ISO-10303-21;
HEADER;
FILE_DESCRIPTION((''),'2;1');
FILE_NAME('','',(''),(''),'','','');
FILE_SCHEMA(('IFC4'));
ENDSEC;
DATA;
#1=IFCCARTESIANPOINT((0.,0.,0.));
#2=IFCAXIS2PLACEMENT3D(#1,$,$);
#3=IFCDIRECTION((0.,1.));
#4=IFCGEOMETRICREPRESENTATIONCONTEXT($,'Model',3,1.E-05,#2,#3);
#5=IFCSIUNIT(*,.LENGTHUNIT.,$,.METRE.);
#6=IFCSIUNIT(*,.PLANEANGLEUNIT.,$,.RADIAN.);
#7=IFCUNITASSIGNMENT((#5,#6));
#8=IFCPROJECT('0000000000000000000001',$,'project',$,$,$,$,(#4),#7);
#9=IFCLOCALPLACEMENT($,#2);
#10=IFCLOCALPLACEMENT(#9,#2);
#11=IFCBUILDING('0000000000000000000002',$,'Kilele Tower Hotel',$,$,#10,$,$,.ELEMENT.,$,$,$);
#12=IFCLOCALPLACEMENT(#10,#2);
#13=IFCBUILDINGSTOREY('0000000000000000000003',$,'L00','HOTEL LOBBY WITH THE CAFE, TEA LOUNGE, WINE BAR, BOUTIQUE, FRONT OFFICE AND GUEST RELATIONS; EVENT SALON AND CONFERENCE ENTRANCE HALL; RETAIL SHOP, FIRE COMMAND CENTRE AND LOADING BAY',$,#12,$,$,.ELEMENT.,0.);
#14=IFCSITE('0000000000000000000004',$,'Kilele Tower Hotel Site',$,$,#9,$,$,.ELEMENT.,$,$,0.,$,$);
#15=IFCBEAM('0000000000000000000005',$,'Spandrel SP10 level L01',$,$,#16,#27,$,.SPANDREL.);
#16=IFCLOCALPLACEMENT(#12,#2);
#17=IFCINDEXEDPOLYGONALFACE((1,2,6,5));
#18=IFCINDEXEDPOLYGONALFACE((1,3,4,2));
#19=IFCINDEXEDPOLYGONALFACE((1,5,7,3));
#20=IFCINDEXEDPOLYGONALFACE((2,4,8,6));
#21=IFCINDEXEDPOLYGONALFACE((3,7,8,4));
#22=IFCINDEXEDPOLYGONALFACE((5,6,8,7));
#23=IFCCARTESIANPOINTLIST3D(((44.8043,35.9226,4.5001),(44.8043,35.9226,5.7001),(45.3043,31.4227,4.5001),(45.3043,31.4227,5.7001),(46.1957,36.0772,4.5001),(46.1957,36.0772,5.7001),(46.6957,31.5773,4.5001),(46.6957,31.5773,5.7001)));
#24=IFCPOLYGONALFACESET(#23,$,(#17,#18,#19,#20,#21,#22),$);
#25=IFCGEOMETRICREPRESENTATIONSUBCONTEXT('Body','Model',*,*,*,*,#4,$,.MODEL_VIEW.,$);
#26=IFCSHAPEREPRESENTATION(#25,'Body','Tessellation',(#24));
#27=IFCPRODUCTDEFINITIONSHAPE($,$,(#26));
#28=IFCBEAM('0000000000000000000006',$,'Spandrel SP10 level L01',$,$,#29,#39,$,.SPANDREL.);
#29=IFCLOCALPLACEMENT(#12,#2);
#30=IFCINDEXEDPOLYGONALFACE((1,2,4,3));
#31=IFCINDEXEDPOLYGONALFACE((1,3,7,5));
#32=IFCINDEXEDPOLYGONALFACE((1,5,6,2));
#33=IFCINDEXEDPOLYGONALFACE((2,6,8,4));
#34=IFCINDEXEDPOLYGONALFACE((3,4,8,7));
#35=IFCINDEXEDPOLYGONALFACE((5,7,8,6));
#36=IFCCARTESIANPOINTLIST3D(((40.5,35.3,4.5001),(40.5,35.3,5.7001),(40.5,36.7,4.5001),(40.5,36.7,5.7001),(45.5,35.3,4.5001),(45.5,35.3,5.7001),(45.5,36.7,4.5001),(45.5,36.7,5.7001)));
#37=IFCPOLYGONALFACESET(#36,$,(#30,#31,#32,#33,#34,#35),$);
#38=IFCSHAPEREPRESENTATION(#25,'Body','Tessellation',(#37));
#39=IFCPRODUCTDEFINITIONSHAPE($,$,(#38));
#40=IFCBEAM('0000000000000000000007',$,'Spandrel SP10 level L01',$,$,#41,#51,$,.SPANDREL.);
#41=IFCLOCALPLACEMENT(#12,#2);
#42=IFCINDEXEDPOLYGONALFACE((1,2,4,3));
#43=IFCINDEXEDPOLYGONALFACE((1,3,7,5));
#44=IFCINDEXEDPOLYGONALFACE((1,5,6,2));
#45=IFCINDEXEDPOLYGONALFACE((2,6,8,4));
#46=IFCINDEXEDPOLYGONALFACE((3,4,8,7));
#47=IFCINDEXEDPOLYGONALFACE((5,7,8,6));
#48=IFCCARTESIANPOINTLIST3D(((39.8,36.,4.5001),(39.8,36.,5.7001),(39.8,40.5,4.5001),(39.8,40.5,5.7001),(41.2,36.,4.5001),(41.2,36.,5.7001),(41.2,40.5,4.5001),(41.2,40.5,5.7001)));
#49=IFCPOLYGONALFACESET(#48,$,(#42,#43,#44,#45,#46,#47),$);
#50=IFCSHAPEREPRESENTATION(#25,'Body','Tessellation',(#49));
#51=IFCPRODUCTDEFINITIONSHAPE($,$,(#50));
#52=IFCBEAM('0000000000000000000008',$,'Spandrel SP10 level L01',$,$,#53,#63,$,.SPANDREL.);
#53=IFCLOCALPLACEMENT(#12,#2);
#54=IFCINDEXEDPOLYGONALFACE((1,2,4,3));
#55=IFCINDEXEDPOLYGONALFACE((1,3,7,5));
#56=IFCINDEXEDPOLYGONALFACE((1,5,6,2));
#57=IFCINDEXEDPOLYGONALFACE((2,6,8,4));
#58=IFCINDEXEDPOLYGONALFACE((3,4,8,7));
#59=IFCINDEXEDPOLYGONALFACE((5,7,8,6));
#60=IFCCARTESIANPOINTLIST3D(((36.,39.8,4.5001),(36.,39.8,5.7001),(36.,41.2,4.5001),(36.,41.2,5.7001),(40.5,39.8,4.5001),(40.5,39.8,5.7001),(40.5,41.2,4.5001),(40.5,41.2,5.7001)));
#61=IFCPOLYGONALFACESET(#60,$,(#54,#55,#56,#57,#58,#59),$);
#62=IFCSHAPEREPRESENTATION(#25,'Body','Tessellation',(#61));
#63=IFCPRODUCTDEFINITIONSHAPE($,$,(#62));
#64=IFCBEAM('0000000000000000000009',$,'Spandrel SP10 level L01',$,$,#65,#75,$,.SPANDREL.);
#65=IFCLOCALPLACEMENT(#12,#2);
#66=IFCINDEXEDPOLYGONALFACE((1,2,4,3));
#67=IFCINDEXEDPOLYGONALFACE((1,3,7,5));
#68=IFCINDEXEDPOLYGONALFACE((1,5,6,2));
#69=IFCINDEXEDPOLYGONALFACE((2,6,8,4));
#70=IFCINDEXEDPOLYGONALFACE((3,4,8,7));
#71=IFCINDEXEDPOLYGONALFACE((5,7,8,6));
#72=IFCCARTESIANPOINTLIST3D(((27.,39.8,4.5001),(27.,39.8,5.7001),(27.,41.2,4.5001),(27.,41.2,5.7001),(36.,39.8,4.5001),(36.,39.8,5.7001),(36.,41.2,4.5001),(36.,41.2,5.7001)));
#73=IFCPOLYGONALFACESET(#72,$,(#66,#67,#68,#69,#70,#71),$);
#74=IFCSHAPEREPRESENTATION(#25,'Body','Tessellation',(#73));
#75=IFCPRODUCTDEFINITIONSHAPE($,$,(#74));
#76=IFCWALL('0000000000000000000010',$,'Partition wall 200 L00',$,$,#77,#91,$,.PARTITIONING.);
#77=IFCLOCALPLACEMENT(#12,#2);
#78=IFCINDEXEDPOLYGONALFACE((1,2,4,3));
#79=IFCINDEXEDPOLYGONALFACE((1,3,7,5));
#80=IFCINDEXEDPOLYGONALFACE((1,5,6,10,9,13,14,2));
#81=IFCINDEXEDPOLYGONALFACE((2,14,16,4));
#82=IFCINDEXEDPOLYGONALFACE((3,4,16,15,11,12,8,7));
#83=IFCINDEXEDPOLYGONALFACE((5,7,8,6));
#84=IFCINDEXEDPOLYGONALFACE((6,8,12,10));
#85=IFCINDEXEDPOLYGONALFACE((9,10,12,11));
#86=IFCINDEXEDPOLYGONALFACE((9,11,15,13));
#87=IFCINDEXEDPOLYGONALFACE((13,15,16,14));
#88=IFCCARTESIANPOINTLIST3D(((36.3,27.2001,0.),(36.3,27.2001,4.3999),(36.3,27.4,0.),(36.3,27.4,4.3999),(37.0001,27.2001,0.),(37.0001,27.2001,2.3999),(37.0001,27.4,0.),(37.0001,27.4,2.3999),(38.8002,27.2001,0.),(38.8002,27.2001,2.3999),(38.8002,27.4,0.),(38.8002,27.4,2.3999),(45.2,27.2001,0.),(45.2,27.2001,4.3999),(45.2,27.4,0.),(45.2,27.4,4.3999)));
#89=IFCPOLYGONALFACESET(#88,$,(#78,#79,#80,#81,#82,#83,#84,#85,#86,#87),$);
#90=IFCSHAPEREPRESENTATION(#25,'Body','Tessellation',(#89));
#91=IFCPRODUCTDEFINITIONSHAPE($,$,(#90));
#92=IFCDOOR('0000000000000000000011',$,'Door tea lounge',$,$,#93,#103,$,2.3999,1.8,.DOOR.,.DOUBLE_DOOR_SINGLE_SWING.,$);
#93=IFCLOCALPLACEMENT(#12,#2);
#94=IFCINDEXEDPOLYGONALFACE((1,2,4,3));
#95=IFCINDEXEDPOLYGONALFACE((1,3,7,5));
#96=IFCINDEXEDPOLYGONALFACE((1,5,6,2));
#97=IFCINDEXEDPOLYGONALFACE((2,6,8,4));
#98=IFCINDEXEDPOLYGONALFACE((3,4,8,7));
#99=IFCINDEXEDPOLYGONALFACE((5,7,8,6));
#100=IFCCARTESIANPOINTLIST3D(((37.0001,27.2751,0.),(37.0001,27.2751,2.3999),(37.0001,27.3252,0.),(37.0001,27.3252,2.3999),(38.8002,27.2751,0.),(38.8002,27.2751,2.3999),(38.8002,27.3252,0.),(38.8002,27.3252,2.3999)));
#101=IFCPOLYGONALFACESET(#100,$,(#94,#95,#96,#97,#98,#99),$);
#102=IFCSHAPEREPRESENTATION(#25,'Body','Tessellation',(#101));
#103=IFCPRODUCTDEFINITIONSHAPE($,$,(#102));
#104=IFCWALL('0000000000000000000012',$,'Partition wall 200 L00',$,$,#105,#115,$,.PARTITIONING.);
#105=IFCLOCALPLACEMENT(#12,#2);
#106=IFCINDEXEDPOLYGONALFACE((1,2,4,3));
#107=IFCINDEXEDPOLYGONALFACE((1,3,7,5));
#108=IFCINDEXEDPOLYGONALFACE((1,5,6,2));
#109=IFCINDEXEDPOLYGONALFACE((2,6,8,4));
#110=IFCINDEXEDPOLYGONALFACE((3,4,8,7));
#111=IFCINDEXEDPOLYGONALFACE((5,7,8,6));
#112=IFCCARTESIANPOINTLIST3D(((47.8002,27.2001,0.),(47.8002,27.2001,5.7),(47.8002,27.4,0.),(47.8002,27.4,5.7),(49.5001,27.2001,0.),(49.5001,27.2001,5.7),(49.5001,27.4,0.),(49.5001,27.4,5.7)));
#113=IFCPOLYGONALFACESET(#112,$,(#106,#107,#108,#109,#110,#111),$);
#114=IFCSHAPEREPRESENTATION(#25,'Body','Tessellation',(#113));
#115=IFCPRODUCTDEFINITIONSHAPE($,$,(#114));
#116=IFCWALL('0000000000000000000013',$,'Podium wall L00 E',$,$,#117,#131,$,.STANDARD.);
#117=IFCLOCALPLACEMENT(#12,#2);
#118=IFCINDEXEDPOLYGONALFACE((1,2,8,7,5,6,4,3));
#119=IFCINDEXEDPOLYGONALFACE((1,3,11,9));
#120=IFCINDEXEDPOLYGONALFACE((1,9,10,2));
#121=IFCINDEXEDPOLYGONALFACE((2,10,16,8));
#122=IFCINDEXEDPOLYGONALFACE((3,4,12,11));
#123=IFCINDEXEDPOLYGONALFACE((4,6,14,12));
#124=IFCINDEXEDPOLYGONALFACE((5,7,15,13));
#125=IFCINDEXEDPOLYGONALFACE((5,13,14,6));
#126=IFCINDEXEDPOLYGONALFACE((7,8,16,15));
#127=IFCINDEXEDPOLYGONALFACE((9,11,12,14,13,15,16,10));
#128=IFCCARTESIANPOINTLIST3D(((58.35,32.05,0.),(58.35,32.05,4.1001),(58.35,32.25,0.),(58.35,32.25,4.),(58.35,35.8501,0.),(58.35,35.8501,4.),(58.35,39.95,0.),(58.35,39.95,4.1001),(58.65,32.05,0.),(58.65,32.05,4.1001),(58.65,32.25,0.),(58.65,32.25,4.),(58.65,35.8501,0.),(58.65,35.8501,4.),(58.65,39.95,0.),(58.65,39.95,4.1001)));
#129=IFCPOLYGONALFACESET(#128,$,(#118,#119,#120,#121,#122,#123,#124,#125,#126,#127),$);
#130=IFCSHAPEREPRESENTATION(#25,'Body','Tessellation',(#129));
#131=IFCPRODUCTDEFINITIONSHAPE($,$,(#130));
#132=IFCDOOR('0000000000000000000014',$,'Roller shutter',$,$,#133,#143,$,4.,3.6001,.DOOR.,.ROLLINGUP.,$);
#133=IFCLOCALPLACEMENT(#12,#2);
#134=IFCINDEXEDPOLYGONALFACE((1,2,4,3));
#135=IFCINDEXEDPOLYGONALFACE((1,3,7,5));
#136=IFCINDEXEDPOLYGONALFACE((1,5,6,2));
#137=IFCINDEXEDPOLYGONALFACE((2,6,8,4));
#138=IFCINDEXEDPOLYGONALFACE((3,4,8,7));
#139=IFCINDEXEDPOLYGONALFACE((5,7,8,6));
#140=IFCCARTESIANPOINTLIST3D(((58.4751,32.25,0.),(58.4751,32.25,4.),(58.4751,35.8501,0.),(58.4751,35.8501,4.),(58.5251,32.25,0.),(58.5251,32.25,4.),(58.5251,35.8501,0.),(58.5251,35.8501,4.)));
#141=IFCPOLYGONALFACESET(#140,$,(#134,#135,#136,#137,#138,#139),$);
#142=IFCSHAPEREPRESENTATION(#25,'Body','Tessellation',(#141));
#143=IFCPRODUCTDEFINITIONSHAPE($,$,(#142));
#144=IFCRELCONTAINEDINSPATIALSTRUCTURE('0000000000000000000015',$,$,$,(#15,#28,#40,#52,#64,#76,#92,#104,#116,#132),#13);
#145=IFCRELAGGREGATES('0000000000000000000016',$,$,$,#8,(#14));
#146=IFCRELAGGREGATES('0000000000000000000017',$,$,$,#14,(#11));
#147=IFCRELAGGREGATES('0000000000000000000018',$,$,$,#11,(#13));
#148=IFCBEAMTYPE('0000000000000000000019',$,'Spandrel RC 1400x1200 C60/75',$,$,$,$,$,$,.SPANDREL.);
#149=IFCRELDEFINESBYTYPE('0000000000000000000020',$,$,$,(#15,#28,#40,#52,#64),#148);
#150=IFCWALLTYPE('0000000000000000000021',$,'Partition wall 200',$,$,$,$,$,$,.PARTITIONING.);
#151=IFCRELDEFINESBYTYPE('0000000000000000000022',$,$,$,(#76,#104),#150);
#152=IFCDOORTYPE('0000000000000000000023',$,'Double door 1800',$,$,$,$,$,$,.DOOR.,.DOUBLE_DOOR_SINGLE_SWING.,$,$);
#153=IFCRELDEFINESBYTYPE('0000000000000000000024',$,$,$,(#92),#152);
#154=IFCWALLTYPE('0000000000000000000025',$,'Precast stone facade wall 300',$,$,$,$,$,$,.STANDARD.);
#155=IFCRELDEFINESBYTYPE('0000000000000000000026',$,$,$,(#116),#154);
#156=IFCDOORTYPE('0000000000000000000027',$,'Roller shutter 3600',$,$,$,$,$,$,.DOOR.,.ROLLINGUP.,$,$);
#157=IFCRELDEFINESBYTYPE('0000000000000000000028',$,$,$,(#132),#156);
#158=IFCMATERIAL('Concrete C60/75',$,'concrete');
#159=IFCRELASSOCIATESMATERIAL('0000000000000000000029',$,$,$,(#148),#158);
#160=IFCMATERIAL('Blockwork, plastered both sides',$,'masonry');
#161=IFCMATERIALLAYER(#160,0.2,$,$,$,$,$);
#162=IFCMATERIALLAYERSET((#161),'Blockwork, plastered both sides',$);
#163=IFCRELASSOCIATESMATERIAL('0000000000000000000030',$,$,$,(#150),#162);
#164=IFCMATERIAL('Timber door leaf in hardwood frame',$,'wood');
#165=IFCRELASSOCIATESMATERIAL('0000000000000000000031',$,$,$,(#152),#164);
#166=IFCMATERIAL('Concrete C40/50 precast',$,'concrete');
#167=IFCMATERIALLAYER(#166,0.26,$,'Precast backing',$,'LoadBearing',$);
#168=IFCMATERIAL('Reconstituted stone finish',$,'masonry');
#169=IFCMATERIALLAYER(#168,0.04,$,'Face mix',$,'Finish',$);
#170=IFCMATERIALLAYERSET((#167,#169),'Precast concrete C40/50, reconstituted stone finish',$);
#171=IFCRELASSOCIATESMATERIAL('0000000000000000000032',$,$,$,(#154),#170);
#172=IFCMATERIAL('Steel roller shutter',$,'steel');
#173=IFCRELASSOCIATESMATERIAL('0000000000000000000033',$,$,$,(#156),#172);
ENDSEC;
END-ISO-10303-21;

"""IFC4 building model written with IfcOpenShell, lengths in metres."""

from ifc_helpers import new_model, si_unit, direction, frame, frame_2d, origin, origin_2d, place, context, subcontext, project, spatial, rectangle, extrude, material, layer, layer_set, material_profile, profile_set, type_object, element, fill, save


model = new_model("IFC4")

# Units and contexts
model_context = context("Model", 3, precision=1e-05, world=origin(), true_north=direction((0.0, 1.0)))
body_context = subcontext(model_context, "Body", "Model", "MODEL_VIEW")
ifc_project = project(units=[si_unit("LENGTHUNIT", "METRE"), si_unit("PLANEANGLEUNIT", "RADIAN")], contexts=[model_context])

# Site, building, storey
site_placement = place(None, origin())
site = spatial("IfcSite", under=ifc_project, at=site_placement, Name="Kilele Tower Hotel Site", CompositionType="ELEMENT", RefElevation=0.0)
building_placement = place(site_placement, origin())
building = spatial("IfcBuilding", under=site, at=building_placement, Name="Kilele Tower Hotel", CompositionType="ELEMENT")
storey_placement = place(building_placement, origin())
storey = spatial("IfcBuildingStorey", under=building, at=storey_placement, Name="L00", Description="HOTEL LOBBY WITH THE CAFE, TEA LOUNGE, WINE BAR, BOUTIQUE, FRONT OFFICE AND GUEST RELATIONS; EVENT SALON AND CONFERENCE ENTRANCE HALL; RETAIL SHOP, FIRE COMMAND CENTRE AND LOADING BAY", CompositionType="ELEMENT", Elevation=0.0)

# Beams
ifc_material_1 = material(Name="Concrete C60/75", Category="concrete")
ifc_material_profile_1 = material_profile(ifc_material_1, rectangle(XDim=1.3999, YDim=1.2, at=origin_2d()))
ifc_profile_set_1 = profile_set([ifc_material_profile_1], Name="Concrete C60/75")
beam_type_1 = type_object("IfcBeamType", Name="Spandrel RC 1400x1200 C60/75", PredefinedType="SPANDREL", material=ifc_profile_set_1)
beam_1_placement = place(storey_placement, frame((46.0, 31.5, 5.1001), z_axis=(-0.110432, 0.993884, 0.0), x_axis=(-0.993884, -0.110432, 0.0)))
element("IfcBeam", 1, at=beam_1_placement, inside=storey, type_object=beam_type_1, Name="Spandrel SP10 level L01", PredefinedType="SPANDREL", context=body_context, shape_type="SweptSolid", body=[
    extrude(rectangle(XDim=1.3999, YDim=1.2, at=origin_2d()), origin(), (0.0, 0.0, 1.0), 4.5276),
])
beam_2_placement = place(storey_placement, frame((45.5, 36.0, 5.1001), z_axis=(-1.0, 0.0, 0.0), x_axis=(0.0, -1.0, 0.0)))
element("IfcBeam", 2, at=beam_2_placement, inside=storey, type_object=beam_type_1, Name="Spandrel SP10 level L01", PredefinedType="SPANDREL", context=body_context, shape_type="SweptSolid", body=[
    extrude(rectangle(XDim=1.3999, YDim=1.2, at=origin_2d()), origin(), (0.0, 0.0, 1.0), 5.0),
])
for number, where, z_axis, x_axis, name in (
    (3, (40.5, 36.0, 5.1001), (0.0, 1.0, 0.0), (-1.0, 0.0, 0.0), "Spandrel SP10 level L01"),
    (4, (40.5, 40.5, 5.1001), (-1.0, 0.0, 0.0), (0.0, -1.0, 0.0), "Spandrel SP10 level L01"),
):
    element("IfcBeam", number, at=place(storey_placement, frame(where, z_axis=z_axis, x_axis=x_axis)), inside=storey, type_object=beam_type_1, Name=name, PredefinedType="SPANDREL", context=body_context, shape_type="SweptSolid", body=[
        extrude(rectangle(XDim=1.3999, YDim=1.2, at=origin_2d()), origin(), (0.0, 0.0, 1.0), 4.5),
    ])
beam_3_placement = place(storey_placement, frame((36.0, 40.5, 5.1001), z_axis=(-1.0, 0.0, 0.0), x_axis=(0.0, -1.0, 0.0)))
element("IfcBeam", 5, at=beam_3_placement, inside=storey, type_object=beam_type_1, Name="Spandrel SP10 level L01", PredefinedType="SPANDREL", context=body_context, shape_type="SweptSolid", body=[
    extrude(rectangle(XDim=1.3999, YDim=1.2, at=origin_2d()), origin(), (0.0, 0.0, 1.0), 9.0),
])

# Wall, opening, door
ifc_material_2 = material(Name="Blockwork, plastered both sides", Category="masonry")
ifc_layer_1 = layer(ifc_material_2, 0.2)
ifc_layer_set_1 = layer_set([ifc_layer_1], Name="Blockwork, plastered both sides")
wall_type_1 = type_object("IfcWallType", Name="Partition wall 200", PredefinedType="PARTITIONING", material=ifc_layer_set_1)
wall_1_placement = place(storey_placement, frame((36.3, 27.3, 0.0), z_axis=(0.0, 0.0, 1.0), x_axis=(1.0, 0.0, 0.0)))
wall_1 = element("IfcWall", 6, at=wall_1_placement, inside=storey, type_object=wall_type_1, Name="Partition wall 200 L00", PredefinedType="PARTITIONING", context=body_context, shape_type="SweptSolid", body=[
    extrude(rectangle(XDim=8.8999, YDim=0.2, at=frame_2d((4.45, 0.0))), origin(), (0.0, 0.0, 1.0), 4.3999),
])
opening_1_placement = place(wall_1_placement, frame((2.5, 0.0, 0.0), z_axis=(0.0, 0.0, 1.0), x_axis=(-1.0, 0.0, 0.0)))
opening_1 = element("IfcOpeningElement", 7, at=opening_1_placement, cuts=wall_1, PredefinedType="OPENING", context=body_context, shape_type="SweptSolid", body=[
    extrude(rectangle(XDim=1.8, YDim=2.3999, at=frame_2d((0.8999, 1.2))), frame((0.0, 0.1099, 0.0), z_axis=(0.0, -1.0, 0.0), x_axis=(1.0, 0.0, 0.0)), (0.0, 0.0, 1.0), 0.22),
])
ifc_material_3 = material(Name="Timber door leaf in hardwood frame", Category="wood")
door_type_1 = type_object("IfcDoorType", Name="Double door 1800", OperationType="DOUBLE_DOOR_SINGLE_SWING", PredefinedType="DOOR", material=ifc_material_3)
door_1_placement = place(opening_1_placement, origin())
door_1 = element("IfcDoor", 8, at=door_1_placement, inside=storey, type_object=door_type_1, Name="Door tea lounge", OperationType="DOUBLE_DOOR_SINGLE_SWING", OverallHeight=2.3999, OverallWidth=1.8, PredefinedType="DOOR", context=body_context, shape_type="SweptSolid", body=[
    extrude(rectangle(XDim=1.8, YDim=2.3999, at=frame_2d((0.8999, 1.2))), frame((0.0, 0.0249, 0.0), z_axis=(0.0, -1.0, 0.0), x_axis=(1.0, 0.0, 0.0)), (0.0, 0.0, 1.0), 0.05),
])
fill(opening_1, door_1)

# Wall
wall_2_placement = place(storey_placement, frame((47.8, 27.3, 0.0), z_axis=(0.0, 0.0, 1.0), x_axis=(1.0, 0.0, 0.0)))
element("IfcWall", 9, at=wall_2_placement, inside=storey, type_object=wall_type_1, Name="Partition wall 200 L00", PredefinedType="PARTITIONING", context=body_context, shape_type="SweptSolid", body=[
    extrude(rectangle(XDim=1.7, YDim=0.2, at=frame_2d((0.8501, 0.0))), origin(), (0.0, 0.0, 1.0), 5.7),
])

# Wall, opening, door
ifc_material_4 = material(Name="Concrete C40/50 precast", Category="concrete")
ifc_layer_2 = layer(ifc_material_4, 0.26, Name="Precast backing", Category="LoadBearing")
ifc_material_5 = material(Name="Reconstituted stone finish", Category="masonry")
ifc_layer_3 = layer(ifc_material_5, 0.04, Name="Face mix", Category="Finish")
ifc_layer_set_2 = layer_set([ifc_layer_2, ifc_layer_3], Name="Precast concrete C40/50, reconstituted stone finish")
wall_type_2 = type_object("IfcWallType", Name="Precast stone facade wall 300", PredefinedType="STANDARD", material=ifc_layer_set_2)
wall_3_placement = place(storey_placement, frame((58.5, 32.05, 0.0), z_axis=(0.0, 0.0, 1.0), x_axis=(0.0, 1.0, 0.0)))
wall_3 = element("IfcWall", 10, at=wall_3_placement, inside=storey, type_object=wall_type_2, Name="Podium wall L00 E", PredefinedType="STANDARD", context=body_context, shape_type="SweptSolid", body=[
    extrude(rectangle(XDim=7.8999, YDim=0.3, at=frame_2d((3.95, 0.0))), origin(), (0.0, 0.0, 1.0), 4.1001),
])
opening_2_placement = place(wall_3_placement, frame((0.2, 0.0, 0.0)))
opening_2 = element("IfcOpeningElement", 11, at=opening_2_placement, cuts=wall_3, PredefinedType="OPENING", context=body_context, shape_type="SweptSolid", body=[
    extrude(rectangle(XDim=3.6001, YDim=4.0, at=frame_2d((1.8, 2.0))), frame((0.0, 0.1599, 0.0), z_axis=(0.0, -1.0, 0.0), x_axis=(1.0, 0.0, 0.0)), (0.0, 0.0, 1.0), 0.3201),
])
ifc_material_6 = material(Name="Steel roller shutter", Category="steel")
door_type_2 = type_object("IfcDoorType", Name="Roller shutter 3600", OperationType="ROLLINGUP", PredefinedType="DOOR", material=ifc_material_6)
door_2_placement = place(opening_2_placement, origin())
door_2 = element("IfcDoor", 12, at=door_2_placement, inside=storey, type_object=door_type_2, Name="Roller shutter", OperationType="ROLLINGUP", OverallHeight=4.0, OverallWidth=3.6001, PredefinedType="DOOR", context=body_context, shape_type="SweptSolid", body=[
    extrude(rectangle(XDim=3.6001, YDim=4.0, at=frame_2d((1.8, 2.0))), frame((0.0, 0.0249, 0.0), z_axis=(0.0, -1.0, 0.0), x_axis=(1.0, 0.0, 0.0)), (0.0, 0.0, 1.0), 0.05),
])
fill(opening_2, door_2)

save(model, "model.ifc")
